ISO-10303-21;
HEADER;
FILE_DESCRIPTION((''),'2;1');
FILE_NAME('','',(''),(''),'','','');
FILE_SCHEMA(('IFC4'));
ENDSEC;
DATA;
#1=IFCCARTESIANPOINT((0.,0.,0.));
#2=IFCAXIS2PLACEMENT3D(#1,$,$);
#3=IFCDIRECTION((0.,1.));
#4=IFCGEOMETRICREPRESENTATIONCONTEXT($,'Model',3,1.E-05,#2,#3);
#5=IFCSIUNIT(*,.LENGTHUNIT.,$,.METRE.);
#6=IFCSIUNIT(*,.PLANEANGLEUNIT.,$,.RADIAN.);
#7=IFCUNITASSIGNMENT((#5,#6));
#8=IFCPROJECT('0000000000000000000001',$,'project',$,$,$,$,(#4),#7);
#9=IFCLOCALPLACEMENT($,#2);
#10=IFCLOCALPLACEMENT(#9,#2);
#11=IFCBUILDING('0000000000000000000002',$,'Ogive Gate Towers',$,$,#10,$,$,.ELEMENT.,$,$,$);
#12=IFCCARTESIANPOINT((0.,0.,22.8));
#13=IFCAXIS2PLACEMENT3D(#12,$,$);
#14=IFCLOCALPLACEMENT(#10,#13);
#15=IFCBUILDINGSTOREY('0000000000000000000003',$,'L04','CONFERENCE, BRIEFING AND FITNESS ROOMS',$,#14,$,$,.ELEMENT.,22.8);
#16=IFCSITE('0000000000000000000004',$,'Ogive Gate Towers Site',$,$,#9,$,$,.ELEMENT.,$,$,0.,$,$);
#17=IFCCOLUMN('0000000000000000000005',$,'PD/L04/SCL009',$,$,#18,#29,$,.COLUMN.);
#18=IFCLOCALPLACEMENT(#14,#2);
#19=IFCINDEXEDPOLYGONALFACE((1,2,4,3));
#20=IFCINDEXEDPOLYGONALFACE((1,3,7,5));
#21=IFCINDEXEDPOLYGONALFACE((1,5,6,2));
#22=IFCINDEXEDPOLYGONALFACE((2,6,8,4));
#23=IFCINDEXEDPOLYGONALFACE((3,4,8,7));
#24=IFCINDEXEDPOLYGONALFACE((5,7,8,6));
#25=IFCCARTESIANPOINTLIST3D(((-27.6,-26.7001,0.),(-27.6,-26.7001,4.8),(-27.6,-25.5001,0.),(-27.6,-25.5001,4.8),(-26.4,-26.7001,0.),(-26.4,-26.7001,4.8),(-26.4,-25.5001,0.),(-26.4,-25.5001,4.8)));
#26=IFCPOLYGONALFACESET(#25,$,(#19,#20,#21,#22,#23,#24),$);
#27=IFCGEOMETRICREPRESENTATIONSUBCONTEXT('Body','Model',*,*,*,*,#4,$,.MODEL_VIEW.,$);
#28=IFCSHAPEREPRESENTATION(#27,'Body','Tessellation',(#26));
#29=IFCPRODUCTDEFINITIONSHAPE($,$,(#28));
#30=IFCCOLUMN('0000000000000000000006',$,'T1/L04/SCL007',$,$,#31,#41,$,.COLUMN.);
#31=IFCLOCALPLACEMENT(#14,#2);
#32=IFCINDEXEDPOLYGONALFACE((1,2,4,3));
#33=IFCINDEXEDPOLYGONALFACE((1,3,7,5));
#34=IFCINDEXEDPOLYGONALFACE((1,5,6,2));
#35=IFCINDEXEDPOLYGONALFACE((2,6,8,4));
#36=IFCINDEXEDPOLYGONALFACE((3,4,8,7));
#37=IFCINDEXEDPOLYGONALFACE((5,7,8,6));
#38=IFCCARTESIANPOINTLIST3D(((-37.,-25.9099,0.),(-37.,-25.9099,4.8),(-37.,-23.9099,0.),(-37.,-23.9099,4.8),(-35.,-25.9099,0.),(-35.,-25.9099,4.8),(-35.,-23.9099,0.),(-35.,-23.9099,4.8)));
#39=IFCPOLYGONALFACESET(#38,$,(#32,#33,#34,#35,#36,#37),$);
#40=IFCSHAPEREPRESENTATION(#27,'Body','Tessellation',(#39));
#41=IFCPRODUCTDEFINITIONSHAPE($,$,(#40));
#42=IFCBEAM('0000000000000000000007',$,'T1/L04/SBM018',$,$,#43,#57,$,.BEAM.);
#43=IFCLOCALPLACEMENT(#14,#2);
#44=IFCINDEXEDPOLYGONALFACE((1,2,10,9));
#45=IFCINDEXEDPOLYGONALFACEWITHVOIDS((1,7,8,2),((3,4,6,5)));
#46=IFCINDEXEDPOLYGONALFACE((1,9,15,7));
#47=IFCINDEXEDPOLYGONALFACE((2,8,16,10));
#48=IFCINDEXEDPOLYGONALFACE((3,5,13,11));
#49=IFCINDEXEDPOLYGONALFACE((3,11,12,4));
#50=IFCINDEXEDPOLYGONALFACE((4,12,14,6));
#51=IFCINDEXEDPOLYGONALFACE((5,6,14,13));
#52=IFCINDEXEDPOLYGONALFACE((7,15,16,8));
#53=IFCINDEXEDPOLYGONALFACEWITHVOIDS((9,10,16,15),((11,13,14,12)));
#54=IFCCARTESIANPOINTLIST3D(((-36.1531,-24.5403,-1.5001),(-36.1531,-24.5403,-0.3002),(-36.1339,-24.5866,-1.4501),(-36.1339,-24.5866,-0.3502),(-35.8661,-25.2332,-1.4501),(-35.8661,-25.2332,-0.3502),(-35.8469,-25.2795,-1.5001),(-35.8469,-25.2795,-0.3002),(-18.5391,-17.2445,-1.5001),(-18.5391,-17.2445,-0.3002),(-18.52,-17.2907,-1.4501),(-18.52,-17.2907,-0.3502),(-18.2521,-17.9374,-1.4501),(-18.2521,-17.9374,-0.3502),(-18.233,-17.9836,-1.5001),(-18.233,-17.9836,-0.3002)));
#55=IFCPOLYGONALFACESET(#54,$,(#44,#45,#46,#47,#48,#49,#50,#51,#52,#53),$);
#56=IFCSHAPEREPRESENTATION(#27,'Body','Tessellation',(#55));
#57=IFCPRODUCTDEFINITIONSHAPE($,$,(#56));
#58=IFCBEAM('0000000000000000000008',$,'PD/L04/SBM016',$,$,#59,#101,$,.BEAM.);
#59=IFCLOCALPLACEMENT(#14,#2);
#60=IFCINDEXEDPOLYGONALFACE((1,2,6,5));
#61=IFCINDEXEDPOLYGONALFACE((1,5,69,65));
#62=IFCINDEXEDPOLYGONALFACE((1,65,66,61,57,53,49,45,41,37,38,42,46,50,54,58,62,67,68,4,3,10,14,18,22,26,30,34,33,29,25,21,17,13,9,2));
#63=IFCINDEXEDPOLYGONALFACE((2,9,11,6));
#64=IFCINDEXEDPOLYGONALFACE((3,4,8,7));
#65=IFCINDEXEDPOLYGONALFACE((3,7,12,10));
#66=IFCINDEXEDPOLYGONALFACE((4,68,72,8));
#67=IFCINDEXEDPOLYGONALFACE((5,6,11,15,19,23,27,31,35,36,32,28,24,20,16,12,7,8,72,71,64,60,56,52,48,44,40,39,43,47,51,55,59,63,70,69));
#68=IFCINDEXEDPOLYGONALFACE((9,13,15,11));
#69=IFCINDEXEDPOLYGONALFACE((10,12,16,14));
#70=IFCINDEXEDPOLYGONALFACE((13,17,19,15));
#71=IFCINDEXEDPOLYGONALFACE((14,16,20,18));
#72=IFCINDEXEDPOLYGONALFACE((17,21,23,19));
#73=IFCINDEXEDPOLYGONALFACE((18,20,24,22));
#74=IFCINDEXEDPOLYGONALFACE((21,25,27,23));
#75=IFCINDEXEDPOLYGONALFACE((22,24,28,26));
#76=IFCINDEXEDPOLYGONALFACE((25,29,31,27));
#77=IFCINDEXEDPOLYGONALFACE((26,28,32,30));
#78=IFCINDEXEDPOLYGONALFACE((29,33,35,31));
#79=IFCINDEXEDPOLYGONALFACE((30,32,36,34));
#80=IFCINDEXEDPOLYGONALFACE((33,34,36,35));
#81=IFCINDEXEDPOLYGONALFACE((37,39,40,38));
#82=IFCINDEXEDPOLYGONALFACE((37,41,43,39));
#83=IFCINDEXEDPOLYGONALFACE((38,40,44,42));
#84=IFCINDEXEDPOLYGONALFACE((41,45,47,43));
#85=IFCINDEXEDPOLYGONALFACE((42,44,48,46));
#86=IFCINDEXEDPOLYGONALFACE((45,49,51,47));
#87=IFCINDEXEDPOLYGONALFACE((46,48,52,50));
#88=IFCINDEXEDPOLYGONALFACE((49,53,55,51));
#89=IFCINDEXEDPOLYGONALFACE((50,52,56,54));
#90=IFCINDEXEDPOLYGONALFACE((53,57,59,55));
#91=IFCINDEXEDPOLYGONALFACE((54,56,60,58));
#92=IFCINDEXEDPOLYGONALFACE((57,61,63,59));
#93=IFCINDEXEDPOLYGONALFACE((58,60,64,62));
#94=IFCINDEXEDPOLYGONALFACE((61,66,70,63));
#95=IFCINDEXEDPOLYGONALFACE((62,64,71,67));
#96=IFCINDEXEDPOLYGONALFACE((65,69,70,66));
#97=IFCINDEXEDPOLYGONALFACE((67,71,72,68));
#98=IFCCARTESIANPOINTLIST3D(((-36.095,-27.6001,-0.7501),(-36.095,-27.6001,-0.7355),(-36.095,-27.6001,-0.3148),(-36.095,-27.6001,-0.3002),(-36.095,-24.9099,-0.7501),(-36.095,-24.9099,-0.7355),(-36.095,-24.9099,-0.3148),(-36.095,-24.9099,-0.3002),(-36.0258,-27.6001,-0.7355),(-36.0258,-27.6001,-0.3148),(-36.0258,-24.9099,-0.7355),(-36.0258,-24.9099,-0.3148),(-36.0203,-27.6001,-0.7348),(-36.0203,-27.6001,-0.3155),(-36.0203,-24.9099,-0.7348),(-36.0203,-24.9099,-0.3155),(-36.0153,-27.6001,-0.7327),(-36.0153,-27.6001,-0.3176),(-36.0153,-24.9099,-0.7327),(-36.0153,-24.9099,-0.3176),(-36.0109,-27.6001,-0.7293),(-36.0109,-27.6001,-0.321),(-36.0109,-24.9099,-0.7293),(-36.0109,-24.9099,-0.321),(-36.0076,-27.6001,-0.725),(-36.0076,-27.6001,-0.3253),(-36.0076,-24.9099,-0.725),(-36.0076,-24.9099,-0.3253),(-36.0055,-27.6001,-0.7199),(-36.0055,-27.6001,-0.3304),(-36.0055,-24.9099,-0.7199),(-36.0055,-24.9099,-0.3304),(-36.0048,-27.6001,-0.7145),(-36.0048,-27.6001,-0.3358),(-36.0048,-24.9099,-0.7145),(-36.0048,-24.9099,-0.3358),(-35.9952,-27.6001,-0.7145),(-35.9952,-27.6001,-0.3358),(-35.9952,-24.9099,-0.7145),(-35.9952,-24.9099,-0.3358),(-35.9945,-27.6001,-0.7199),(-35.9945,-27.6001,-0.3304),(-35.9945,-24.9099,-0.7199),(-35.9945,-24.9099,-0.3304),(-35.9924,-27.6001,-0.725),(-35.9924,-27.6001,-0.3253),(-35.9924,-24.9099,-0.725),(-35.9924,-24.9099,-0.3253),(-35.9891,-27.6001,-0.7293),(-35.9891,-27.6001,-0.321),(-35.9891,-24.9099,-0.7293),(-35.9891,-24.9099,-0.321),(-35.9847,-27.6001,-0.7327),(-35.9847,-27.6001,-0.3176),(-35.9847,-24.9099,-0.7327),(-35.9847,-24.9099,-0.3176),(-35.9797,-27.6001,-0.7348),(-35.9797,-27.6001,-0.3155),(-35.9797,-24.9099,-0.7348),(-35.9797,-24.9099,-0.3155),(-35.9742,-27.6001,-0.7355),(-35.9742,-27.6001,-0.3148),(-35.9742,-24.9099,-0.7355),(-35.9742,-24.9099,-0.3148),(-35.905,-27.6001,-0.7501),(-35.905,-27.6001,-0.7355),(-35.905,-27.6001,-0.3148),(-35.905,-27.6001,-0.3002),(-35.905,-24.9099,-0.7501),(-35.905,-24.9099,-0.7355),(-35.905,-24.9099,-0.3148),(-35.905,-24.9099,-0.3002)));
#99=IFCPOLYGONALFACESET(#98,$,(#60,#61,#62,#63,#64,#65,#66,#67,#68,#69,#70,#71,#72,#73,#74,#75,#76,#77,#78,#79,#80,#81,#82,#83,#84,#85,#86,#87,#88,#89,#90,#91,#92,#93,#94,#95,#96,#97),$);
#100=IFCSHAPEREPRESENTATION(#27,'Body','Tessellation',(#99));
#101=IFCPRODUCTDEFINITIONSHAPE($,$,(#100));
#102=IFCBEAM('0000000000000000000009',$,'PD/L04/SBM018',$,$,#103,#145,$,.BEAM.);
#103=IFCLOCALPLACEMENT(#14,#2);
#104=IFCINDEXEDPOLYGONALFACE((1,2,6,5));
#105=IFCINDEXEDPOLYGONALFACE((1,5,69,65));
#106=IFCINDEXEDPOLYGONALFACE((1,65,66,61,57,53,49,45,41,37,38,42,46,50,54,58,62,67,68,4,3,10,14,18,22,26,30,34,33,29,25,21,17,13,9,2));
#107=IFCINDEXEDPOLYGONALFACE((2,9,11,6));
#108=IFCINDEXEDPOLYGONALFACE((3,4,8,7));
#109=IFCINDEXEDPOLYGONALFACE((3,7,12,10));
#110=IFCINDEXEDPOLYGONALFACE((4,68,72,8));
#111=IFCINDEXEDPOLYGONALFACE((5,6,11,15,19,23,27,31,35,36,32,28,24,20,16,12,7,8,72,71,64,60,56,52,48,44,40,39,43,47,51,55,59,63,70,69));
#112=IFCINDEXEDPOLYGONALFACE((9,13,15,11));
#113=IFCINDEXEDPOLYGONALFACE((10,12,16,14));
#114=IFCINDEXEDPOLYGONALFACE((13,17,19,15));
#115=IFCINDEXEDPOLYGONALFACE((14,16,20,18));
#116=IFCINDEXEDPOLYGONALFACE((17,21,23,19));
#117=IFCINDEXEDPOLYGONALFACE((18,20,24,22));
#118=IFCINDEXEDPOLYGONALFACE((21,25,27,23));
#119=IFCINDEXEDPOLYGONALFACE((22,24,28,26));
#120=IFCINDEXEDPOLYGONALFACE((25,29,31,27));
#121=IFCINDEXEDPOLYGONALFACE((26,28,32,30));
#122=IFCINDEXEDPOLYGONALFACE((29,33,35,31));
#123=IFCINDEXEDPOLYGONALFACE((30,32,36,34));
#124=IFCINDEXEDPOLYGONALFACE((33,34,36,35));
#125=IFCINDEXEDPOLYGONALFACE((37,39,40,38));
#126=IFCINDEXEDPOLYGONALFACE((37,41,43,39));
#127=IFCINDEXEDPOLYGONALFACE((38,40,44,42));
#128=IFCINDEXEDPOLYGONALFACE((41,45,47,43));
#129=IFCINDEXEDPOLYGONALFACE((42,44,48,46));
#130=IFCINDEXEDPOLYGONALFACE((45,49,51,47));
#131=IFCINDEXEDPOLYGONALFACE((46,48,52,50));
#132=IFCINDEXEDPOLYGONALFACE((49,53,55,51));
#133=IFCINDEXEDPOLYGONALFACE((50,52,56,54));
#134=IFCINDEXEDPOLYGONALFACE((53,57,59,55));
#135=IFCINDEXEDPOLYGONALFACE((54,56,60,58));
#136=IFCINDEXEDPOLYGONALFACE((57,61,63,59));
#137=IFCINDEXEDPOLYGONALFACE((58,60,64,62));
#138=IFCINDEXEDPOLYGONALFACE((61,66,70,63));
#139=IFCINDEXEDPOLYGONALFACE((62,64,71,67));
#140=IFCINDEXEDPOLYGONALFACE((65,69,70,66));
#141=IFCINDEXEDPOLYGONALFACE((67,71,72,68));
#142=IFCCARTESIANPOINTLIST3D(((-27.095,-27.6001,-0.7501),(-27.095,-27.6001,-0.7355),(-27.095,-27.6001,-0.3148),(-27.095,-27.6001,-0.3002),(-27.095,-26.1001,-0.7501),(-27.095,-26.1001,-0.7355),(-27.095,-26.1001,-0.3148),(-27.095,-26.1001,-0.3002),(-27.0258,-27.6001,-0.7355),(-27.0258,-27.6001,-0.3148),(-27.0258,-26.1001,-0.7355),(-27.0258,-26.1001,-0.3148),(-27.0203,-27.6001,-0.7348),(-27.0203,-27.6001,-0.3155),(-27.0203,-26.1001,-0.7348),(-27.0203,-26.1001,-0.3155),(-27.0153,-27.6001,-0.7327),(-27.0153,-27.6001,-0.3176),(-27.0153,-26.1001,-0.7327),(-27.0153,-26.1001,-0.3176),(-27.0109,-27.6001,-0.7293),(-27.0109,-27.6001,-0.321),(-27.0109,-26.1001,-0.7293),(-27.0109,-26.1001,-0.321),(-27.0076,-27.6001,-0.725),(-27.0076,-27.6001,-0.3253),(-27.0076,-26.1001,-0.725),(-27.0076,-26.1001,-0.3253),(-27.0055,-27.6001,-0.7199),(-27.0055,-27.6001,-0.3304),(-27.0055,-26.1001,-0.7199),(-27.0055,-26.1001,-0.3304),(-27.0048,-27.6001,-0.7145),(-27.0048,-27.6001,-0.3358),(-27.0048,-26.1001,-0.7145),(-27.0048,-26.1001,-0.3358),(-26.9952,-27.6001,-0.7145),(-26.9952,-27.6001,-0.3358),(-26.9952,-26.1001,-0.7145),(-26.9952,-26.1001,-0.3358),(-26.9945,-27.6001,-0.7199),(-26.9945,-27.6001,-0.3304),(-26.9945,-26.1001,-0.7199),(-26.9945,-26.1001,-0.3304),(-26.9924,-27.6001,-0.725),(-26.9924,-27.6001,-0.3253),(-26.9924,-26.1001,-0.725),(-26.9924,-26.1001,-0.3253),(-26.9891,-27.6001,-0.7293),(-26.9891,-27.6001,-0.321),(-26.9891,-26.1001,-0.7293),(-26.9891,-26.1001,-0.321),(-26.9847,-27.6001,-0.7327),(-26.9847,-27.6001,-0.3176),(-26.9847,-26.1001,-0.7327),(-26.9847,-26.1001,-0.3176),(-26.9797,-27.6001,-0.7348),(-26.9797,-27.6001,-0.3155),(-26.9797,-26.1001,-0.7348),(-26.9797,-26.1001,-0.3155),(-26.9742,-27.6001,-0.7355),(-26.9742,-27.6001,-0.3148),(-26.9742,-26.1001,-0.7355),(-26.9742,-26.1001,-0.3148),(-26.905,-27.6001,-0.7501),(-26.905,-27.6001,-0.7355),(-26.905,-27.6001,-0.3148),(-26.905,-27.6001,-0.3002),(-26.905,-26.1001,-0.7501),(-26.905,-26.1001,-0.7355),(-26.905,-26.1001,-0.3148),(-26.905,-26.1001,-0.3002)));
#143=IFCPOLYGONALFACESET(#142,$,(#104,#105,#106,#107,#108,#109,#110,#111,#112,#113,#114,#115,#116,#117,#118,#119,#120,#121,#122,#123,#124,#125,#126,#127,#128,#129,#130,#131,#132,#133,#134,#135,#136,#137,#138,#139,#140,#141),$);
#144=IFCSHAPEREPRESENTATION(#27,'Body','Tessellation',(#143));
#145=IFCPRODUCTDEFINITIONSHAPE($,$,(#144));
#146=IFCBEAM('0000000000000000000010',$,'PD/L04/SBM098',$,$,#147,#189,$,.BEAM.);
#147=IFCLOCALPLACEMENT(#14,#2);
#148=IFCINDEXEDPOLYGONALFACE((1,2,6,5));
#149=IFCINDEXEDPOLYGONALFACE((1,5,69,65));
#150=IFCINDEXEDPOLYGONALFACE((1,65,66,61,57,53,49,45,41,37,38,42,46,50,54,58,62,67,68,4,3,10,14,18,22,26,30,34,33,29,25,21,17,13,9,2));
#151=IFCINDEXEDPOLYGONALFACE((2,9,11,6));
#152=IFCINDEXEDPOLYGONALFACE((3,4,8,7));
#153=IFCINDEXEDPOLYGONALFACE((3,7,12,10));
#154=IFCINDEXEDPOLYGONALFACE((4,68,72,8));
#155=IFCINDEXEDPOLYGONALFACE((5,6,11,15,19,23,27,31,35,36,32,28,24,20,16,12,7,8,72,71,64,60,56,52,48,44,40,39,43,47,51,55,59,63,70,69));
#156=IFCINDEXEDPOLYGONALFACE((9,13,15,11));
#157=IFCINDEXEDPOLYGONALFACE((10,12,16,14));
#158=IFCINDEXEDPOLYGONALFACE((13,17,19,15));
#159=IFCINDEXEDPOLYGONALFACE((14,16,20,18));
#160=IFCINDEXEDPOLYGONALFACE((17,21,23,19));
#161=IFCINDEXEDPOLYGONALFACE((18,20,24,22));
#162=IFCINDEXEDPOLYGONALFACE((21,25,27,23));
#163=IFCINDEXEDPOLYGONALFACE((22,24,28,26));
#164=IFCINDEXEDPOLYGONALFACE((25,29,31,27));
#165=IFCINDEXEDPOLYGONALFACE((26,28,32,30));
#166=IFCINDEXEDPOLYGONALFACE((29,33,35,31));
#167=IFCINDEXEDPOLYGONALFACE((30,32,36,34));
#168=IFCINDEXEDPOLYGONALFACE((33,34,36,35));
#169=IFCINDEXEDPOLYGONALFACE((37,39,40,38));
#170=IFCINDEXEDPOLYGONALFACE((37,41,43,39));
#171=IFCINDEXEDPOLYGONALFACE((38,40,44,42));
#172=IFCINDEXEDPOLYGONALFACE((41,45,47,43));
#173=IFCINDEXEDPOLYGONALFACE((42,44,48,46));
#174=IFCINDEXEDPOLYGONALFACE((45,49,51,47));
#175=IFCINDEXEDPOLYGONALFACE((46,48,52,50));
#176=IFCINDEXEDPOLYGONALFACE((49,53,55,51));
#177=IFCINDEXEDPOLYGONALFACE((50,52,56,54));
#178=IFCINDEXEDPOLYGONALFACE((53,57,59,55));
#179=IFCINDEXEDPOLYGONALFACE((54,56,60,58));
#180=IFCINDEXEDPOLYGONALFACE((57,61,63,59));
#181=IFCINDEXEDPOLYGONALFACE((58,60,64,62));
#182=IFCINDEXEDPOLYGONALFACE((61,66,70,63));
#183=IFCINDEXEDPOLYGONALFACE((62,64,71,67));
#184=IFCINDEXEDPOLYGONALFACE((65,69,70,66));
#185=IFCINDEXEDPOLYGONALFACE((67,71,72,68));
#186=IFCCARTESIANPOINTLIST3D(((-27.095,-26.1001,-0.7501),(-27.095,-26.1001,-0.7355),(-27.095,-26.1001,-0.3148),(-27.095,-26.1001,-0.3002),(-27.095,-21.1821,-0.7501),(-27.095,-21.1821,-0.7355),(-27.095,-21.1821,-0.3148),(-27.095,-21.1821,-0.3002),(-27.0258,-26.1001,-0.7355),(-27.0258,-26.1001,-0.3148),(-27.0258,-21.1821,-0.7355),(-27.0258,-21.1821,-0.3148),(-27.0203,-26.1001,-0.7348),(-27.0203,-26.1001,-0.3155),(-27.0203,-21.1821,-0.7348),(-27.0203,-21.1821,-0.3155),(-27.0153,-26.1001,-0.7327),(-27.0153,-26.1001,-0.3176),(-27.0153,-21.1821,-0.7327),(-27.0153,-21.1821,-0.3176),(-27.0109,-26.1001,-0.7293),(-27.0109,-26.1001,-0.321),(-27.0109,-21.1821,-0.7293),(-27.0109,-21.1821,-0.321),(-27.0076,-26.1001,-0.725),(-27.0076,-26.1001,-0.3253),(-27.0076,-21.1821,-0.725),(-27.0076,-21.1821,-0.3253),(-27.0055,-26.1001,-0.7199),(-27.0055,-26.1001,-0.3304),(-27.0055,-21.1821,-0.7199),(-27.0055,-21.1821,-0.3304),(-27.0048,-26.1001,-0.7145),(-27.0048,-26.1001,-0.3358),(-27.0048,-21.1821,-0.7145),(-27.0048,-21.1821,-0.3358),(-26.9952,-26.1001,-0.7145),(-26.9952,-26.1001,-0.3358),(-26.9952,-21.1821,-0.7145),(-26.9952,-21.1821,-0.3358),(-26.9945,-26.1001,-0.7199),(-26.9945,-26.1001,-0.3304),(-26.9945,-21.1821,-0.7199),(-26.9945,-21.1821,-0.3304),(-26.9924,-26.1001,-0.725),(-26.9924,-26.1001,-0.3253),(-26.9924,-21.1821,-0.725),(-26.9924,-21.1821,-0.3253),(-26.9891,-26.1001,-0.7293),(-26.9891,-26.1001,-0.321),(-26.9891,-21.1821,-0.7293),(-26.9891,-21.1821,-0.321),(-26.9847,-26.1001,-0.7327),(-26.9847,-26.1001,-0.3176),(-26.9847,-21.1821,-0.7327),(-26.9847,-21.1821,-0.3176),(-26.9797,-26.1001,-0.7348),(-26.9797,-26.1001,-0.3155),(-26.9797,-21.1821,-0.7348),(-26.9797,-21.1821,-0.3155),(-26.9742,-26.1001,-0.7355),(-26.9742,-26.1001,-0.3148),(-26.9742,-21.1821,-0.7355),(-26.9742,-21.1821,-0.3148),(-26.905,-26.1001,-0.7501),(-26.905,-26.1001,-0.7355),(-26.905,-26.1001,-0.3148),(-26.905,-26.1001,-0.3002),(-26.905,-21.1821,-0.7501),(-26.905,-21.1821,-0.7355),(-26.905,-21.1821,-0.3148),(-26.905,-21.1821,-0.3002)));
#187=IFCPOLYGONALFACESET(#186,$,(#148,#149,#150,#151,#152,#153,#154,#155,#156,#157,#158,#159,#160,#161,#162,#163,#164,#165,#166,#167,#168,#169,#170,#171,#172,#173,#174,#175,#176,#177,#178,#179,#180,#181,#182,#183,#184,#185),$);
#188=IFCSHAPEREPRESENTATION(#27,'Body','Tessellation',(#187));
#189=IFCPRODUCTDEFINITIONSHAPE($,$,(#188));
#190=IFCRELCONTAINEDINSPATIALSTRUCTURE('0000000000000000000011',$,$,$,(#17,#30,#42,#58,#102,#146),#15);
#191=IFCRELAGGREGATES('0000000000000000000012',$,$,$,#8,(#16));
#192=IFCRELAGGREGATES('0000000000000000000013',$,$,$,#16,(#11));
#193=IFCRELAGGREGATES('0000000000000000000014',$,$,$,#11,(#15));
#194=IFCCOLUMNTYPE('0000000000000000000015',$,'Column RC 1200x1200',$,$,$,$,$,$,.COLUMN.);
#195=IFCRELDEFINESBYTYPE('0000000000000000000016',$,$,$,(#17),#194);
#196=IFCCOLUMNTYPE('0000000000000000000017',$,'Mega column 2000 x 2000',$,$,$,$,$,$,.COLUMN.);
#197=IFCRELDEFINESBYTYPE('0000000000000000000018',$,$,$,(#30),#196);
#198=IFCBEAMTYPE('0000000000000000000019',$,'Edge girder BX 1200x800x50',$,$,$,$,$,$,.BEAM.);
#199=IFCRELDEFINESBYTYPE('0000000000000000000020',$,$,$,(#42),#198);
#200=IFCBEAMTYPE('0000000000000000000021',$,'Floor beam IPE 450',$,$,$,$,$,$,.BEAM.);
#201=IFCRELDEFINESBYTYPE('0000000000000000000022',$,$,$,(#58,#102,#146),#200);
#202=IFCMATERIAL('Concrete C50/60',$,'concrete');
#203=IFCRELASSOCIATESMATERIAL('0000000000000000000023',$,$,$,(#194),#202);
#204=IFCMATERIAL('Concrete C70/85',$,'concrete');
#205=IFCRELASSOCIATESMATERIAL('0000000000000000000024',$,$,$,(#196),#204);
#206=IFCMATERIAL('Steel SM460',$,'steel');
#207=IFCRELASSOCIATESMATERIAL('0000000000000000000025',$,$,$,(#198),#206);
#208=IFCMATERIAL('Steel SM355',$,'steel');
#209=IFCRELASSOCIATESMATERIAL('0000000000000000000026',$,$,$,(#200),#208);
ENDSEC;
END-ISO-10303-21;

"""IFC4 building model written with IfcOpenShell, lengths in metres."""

from ifc_helpers import new_model, si_unit, direction, frame, origin, origin_2d, place, context, subcontext, project, spatial, rectangle, hollow_rectangle, i_section, extrude, material, material_profile, profile_set, type_object, element, save


model = new_model("IFC4")

# Units and contexts
model_context = context("Model", 3, precision=1e-05, world=origin(), true_north=direction((0.0, 1.0)))
body_context = subcontext(model_context, "Body", "Model", "MODEL_VIEW")
ifc_project = project(units=[si_unit("LENGTHUNIT", "METRE"), si_unit("PLANEANGLEUNIT", "RADIAN")], contexts=[model_context])

# Site, building, storey
site_placement = place(None, origin())
site = spatial("IfcSite", under=ifc_project, at=site_placement, Name="Ogive Gate Towers Site", CompositionType="ELEMENT", RefElevation=0.0)
building_placement = place(site_placement, origin())
building = spatial("IfcBuilding", under=site, at=building_placement, Name="Ogive Gate Towers", CompositionType="ELEMENT")
storey_placement = place(building_placement, frame((0.0, 0.0, 22.8)))
storey = spatial("IfcBuildingStorey", under=building, at=storey_placement, Name="L04", Description="CONFERENCE, BRIEFING AND FITNESS ROOMS", CompositionType="ELEMENT", Elevation=22.8)

# Columns
ifc_material_1 = material(Name="Concrete C50/60", Category="concrete")
ifc_material_profile_1 = material_profile(ifc_material_1, rectangle(XDim=1.2, YDim=1.2, at=origin_2d()), Name="RC 1200x1200")
ifc_profile_set_1 = profile_set([ifc_material_profile_1], Name="Concrete C50/60")
column_type_1 = type_object("IfcColumnType", Name="Column RC 1200x1200", PredefinedType="COLUMN", material=ifc_profile_set_1)
column_1_placement = place(storey_placement, frame((-27.0, -26.1001, 0.0), z_axis=(0.0, 0.0, 1.0), x_axis=(1.0, 0.0, 0.0)))
element("IfcColumn", 1, at=column_1_placement, inside=storey, type_object=column_type_1, Name="PD/L04/SCL009", PredefinedType="COLUMN", context=body_context, shape_type="SweptSolid", body=[
    extrude(rectangle(XDim=1.2, YDim=1.2, at=origin_2d()), origin(), (0.0, 0.0, 1.0), 4.8),
])
ifc_material_2 = material(Name="Concrete C70/85", Category="concrete")
ifc_material_profile_2 = material_profile(ifc_material_2, rectangle(XDim=2.0, YDim=2.0, at=origin_2d()), Name="RC 2000x2000")
ifc_profile_set_2 = profile_set([ifc_material_profile_2], Name="Concrete C70/85")
column_type_2 = type_object("IfcColumnType", Name="Mega column 2000 x 2000", PredefinedType="COLUMN", material=ifc_profile_set_2)
column_2_placement = place(storey_placement, frame((-36.0, -24.9099, 0.0), z_axis=(0.0, 0.0, 1.0), x_axis=(0.0, -1.0, 0.0)))
element("IfcColumn", 2, at=column_2_placement, inside=storey, type_object=column_type_2, Name="T1/L04/SCL007", PredefinedType="COLUMN", context=body_context, shape_type="SweptSolid", body=[
    extrude(rectangle(XDim=2.0, YDim=2.0, at=origin_2d()), origin(), (0.0, 0.0, 1.0), 4.8),
])

# Beams
ifc_material_3 = material(Name="Steel SM460", Category="steel")
ifc_material_profile_3 = material_profile(ifc_material_3, hollow_rectangle(XDim=0.8, YDim=1.2, WallThickness=0.05, at=origin_2d()), Name="BX 1200x800x50")
ifc_profile_set_3 = profile_set([ifc_material_profile_3], Name="Steel SM460")
beam_type_1 = type_object("IfcBeamType", Name="Edge girder BX 1200x800x50", PredefinedType="BEAM", material=ifc_profile_set_3)
beam_1_placement = place(storey_placement, frame((-36.0, -24.9099, -0.9001), z_axis=(0.923881, 0.382681, 0.0), x_axis=(-0.382681, 0.923881, 0.0)))
element("IfcBeam", 3, at=beam_1_placement, inside=storey, type_object=beam_type_1, Name="T1/L04/SBM018", PredefinedType="BEAM", context=body_context, shape_type="SweptSolid", body=[
    extrude(hollow_rectangle(XDim=0.8, YDim=1.2, WallThickness=0.05, at=origin_2d()), origin(), (0.0, 0.0, 1.0), 19.0652),
])
ifc_material_4 = material(Name="Steel SM355", Category="steel")
ifc_material_profile_4 = material_profile(ifc_material_4, i_section(OverallWidth=0.1899, OverallDepth=0.45, WebThickness=0.0095, FlangeThickness=0.0146, FilletRadius=0.021, at=origin_2d()), Name="IPE 450")
ifc_profile_set_4 = profile_set([ifc_material_profile_4], Name="Steel SM355")
beam_type_2 = type_object("IfcBeamType", Name="Floor beam IPE 450", PredefinedType="BEAM", material=ifc_profile_set_4)
beam_2_placement = place(storey_placement, frame((-36.0, -27.6001, -0.5251), z_axis=(0.0, 1.0, 0.0), x_axis=(-1.0, 0.0, 0.0)))
element("IfcBeam", 4, at=beam_2_placement, inside=storey, type_object=beam_type_2, Name="PD/L04/SBM016", PredefinedType="BEAM", context=body_context, shape_type="SweptSolid", body=[
    extrude(i_section(OverallWidth=0.1899, OverallDepth=0.45, WebThickness=0.0095, FlangeThickness=0.0146, FilletRadius=0.021, at=origin_2d()), origin(), (0.0, 0.0, 1.0), 2.6902),
])
beam_3_placement = place(storey_placement, frame((-27.0, -27.6001, -0.5251), z_axis=(0.0, 1.0, 0.0), x_axis=(-1.0, 0.0, 0.0)))
element("IfcBeam", 5, at=beam_3_placement, inside=storey, type_object=beam_type_2, Name="PD/L04/SBM018", PredefinedType="BEAM", context=body_context, shape_type="SweptSolid", body=[
    extrude(i_section(OverallWidth=0.1899, OverallDepth=0.45, WebThickness=0.0095, FlangeThickness=0.0146, FilletRadius=0.021, at=origin_2d()), origin(), (0.0, 0.0, 1.0), 1.5),
])
beam_4_placement = place(storey_placement, frame((-27.0, -26.1001, -0.5251), z_axis=(0.0, 1.0, 0.0), x_axis=(-1.0, 0.0, 0.0)))
element("IfcBeam", 6, at=beam_4_placement, inside=storey, type_object=beam_type_2, Name="PD/L04/SBM098", PredefinedType="BEAM", context=body_context, shape_type="SweptSolid", body=[
    extrude(i_section(OverallWidth=0.1899, OverallDepth=0.45, WebThickness=0.0095, FlangeThickness=0.0146, FilletRadius=0.021, at=origin_2d()), origin(), (0.0, 0.0, 1.0), 4.918),
])

save(model, "model.ifc")
